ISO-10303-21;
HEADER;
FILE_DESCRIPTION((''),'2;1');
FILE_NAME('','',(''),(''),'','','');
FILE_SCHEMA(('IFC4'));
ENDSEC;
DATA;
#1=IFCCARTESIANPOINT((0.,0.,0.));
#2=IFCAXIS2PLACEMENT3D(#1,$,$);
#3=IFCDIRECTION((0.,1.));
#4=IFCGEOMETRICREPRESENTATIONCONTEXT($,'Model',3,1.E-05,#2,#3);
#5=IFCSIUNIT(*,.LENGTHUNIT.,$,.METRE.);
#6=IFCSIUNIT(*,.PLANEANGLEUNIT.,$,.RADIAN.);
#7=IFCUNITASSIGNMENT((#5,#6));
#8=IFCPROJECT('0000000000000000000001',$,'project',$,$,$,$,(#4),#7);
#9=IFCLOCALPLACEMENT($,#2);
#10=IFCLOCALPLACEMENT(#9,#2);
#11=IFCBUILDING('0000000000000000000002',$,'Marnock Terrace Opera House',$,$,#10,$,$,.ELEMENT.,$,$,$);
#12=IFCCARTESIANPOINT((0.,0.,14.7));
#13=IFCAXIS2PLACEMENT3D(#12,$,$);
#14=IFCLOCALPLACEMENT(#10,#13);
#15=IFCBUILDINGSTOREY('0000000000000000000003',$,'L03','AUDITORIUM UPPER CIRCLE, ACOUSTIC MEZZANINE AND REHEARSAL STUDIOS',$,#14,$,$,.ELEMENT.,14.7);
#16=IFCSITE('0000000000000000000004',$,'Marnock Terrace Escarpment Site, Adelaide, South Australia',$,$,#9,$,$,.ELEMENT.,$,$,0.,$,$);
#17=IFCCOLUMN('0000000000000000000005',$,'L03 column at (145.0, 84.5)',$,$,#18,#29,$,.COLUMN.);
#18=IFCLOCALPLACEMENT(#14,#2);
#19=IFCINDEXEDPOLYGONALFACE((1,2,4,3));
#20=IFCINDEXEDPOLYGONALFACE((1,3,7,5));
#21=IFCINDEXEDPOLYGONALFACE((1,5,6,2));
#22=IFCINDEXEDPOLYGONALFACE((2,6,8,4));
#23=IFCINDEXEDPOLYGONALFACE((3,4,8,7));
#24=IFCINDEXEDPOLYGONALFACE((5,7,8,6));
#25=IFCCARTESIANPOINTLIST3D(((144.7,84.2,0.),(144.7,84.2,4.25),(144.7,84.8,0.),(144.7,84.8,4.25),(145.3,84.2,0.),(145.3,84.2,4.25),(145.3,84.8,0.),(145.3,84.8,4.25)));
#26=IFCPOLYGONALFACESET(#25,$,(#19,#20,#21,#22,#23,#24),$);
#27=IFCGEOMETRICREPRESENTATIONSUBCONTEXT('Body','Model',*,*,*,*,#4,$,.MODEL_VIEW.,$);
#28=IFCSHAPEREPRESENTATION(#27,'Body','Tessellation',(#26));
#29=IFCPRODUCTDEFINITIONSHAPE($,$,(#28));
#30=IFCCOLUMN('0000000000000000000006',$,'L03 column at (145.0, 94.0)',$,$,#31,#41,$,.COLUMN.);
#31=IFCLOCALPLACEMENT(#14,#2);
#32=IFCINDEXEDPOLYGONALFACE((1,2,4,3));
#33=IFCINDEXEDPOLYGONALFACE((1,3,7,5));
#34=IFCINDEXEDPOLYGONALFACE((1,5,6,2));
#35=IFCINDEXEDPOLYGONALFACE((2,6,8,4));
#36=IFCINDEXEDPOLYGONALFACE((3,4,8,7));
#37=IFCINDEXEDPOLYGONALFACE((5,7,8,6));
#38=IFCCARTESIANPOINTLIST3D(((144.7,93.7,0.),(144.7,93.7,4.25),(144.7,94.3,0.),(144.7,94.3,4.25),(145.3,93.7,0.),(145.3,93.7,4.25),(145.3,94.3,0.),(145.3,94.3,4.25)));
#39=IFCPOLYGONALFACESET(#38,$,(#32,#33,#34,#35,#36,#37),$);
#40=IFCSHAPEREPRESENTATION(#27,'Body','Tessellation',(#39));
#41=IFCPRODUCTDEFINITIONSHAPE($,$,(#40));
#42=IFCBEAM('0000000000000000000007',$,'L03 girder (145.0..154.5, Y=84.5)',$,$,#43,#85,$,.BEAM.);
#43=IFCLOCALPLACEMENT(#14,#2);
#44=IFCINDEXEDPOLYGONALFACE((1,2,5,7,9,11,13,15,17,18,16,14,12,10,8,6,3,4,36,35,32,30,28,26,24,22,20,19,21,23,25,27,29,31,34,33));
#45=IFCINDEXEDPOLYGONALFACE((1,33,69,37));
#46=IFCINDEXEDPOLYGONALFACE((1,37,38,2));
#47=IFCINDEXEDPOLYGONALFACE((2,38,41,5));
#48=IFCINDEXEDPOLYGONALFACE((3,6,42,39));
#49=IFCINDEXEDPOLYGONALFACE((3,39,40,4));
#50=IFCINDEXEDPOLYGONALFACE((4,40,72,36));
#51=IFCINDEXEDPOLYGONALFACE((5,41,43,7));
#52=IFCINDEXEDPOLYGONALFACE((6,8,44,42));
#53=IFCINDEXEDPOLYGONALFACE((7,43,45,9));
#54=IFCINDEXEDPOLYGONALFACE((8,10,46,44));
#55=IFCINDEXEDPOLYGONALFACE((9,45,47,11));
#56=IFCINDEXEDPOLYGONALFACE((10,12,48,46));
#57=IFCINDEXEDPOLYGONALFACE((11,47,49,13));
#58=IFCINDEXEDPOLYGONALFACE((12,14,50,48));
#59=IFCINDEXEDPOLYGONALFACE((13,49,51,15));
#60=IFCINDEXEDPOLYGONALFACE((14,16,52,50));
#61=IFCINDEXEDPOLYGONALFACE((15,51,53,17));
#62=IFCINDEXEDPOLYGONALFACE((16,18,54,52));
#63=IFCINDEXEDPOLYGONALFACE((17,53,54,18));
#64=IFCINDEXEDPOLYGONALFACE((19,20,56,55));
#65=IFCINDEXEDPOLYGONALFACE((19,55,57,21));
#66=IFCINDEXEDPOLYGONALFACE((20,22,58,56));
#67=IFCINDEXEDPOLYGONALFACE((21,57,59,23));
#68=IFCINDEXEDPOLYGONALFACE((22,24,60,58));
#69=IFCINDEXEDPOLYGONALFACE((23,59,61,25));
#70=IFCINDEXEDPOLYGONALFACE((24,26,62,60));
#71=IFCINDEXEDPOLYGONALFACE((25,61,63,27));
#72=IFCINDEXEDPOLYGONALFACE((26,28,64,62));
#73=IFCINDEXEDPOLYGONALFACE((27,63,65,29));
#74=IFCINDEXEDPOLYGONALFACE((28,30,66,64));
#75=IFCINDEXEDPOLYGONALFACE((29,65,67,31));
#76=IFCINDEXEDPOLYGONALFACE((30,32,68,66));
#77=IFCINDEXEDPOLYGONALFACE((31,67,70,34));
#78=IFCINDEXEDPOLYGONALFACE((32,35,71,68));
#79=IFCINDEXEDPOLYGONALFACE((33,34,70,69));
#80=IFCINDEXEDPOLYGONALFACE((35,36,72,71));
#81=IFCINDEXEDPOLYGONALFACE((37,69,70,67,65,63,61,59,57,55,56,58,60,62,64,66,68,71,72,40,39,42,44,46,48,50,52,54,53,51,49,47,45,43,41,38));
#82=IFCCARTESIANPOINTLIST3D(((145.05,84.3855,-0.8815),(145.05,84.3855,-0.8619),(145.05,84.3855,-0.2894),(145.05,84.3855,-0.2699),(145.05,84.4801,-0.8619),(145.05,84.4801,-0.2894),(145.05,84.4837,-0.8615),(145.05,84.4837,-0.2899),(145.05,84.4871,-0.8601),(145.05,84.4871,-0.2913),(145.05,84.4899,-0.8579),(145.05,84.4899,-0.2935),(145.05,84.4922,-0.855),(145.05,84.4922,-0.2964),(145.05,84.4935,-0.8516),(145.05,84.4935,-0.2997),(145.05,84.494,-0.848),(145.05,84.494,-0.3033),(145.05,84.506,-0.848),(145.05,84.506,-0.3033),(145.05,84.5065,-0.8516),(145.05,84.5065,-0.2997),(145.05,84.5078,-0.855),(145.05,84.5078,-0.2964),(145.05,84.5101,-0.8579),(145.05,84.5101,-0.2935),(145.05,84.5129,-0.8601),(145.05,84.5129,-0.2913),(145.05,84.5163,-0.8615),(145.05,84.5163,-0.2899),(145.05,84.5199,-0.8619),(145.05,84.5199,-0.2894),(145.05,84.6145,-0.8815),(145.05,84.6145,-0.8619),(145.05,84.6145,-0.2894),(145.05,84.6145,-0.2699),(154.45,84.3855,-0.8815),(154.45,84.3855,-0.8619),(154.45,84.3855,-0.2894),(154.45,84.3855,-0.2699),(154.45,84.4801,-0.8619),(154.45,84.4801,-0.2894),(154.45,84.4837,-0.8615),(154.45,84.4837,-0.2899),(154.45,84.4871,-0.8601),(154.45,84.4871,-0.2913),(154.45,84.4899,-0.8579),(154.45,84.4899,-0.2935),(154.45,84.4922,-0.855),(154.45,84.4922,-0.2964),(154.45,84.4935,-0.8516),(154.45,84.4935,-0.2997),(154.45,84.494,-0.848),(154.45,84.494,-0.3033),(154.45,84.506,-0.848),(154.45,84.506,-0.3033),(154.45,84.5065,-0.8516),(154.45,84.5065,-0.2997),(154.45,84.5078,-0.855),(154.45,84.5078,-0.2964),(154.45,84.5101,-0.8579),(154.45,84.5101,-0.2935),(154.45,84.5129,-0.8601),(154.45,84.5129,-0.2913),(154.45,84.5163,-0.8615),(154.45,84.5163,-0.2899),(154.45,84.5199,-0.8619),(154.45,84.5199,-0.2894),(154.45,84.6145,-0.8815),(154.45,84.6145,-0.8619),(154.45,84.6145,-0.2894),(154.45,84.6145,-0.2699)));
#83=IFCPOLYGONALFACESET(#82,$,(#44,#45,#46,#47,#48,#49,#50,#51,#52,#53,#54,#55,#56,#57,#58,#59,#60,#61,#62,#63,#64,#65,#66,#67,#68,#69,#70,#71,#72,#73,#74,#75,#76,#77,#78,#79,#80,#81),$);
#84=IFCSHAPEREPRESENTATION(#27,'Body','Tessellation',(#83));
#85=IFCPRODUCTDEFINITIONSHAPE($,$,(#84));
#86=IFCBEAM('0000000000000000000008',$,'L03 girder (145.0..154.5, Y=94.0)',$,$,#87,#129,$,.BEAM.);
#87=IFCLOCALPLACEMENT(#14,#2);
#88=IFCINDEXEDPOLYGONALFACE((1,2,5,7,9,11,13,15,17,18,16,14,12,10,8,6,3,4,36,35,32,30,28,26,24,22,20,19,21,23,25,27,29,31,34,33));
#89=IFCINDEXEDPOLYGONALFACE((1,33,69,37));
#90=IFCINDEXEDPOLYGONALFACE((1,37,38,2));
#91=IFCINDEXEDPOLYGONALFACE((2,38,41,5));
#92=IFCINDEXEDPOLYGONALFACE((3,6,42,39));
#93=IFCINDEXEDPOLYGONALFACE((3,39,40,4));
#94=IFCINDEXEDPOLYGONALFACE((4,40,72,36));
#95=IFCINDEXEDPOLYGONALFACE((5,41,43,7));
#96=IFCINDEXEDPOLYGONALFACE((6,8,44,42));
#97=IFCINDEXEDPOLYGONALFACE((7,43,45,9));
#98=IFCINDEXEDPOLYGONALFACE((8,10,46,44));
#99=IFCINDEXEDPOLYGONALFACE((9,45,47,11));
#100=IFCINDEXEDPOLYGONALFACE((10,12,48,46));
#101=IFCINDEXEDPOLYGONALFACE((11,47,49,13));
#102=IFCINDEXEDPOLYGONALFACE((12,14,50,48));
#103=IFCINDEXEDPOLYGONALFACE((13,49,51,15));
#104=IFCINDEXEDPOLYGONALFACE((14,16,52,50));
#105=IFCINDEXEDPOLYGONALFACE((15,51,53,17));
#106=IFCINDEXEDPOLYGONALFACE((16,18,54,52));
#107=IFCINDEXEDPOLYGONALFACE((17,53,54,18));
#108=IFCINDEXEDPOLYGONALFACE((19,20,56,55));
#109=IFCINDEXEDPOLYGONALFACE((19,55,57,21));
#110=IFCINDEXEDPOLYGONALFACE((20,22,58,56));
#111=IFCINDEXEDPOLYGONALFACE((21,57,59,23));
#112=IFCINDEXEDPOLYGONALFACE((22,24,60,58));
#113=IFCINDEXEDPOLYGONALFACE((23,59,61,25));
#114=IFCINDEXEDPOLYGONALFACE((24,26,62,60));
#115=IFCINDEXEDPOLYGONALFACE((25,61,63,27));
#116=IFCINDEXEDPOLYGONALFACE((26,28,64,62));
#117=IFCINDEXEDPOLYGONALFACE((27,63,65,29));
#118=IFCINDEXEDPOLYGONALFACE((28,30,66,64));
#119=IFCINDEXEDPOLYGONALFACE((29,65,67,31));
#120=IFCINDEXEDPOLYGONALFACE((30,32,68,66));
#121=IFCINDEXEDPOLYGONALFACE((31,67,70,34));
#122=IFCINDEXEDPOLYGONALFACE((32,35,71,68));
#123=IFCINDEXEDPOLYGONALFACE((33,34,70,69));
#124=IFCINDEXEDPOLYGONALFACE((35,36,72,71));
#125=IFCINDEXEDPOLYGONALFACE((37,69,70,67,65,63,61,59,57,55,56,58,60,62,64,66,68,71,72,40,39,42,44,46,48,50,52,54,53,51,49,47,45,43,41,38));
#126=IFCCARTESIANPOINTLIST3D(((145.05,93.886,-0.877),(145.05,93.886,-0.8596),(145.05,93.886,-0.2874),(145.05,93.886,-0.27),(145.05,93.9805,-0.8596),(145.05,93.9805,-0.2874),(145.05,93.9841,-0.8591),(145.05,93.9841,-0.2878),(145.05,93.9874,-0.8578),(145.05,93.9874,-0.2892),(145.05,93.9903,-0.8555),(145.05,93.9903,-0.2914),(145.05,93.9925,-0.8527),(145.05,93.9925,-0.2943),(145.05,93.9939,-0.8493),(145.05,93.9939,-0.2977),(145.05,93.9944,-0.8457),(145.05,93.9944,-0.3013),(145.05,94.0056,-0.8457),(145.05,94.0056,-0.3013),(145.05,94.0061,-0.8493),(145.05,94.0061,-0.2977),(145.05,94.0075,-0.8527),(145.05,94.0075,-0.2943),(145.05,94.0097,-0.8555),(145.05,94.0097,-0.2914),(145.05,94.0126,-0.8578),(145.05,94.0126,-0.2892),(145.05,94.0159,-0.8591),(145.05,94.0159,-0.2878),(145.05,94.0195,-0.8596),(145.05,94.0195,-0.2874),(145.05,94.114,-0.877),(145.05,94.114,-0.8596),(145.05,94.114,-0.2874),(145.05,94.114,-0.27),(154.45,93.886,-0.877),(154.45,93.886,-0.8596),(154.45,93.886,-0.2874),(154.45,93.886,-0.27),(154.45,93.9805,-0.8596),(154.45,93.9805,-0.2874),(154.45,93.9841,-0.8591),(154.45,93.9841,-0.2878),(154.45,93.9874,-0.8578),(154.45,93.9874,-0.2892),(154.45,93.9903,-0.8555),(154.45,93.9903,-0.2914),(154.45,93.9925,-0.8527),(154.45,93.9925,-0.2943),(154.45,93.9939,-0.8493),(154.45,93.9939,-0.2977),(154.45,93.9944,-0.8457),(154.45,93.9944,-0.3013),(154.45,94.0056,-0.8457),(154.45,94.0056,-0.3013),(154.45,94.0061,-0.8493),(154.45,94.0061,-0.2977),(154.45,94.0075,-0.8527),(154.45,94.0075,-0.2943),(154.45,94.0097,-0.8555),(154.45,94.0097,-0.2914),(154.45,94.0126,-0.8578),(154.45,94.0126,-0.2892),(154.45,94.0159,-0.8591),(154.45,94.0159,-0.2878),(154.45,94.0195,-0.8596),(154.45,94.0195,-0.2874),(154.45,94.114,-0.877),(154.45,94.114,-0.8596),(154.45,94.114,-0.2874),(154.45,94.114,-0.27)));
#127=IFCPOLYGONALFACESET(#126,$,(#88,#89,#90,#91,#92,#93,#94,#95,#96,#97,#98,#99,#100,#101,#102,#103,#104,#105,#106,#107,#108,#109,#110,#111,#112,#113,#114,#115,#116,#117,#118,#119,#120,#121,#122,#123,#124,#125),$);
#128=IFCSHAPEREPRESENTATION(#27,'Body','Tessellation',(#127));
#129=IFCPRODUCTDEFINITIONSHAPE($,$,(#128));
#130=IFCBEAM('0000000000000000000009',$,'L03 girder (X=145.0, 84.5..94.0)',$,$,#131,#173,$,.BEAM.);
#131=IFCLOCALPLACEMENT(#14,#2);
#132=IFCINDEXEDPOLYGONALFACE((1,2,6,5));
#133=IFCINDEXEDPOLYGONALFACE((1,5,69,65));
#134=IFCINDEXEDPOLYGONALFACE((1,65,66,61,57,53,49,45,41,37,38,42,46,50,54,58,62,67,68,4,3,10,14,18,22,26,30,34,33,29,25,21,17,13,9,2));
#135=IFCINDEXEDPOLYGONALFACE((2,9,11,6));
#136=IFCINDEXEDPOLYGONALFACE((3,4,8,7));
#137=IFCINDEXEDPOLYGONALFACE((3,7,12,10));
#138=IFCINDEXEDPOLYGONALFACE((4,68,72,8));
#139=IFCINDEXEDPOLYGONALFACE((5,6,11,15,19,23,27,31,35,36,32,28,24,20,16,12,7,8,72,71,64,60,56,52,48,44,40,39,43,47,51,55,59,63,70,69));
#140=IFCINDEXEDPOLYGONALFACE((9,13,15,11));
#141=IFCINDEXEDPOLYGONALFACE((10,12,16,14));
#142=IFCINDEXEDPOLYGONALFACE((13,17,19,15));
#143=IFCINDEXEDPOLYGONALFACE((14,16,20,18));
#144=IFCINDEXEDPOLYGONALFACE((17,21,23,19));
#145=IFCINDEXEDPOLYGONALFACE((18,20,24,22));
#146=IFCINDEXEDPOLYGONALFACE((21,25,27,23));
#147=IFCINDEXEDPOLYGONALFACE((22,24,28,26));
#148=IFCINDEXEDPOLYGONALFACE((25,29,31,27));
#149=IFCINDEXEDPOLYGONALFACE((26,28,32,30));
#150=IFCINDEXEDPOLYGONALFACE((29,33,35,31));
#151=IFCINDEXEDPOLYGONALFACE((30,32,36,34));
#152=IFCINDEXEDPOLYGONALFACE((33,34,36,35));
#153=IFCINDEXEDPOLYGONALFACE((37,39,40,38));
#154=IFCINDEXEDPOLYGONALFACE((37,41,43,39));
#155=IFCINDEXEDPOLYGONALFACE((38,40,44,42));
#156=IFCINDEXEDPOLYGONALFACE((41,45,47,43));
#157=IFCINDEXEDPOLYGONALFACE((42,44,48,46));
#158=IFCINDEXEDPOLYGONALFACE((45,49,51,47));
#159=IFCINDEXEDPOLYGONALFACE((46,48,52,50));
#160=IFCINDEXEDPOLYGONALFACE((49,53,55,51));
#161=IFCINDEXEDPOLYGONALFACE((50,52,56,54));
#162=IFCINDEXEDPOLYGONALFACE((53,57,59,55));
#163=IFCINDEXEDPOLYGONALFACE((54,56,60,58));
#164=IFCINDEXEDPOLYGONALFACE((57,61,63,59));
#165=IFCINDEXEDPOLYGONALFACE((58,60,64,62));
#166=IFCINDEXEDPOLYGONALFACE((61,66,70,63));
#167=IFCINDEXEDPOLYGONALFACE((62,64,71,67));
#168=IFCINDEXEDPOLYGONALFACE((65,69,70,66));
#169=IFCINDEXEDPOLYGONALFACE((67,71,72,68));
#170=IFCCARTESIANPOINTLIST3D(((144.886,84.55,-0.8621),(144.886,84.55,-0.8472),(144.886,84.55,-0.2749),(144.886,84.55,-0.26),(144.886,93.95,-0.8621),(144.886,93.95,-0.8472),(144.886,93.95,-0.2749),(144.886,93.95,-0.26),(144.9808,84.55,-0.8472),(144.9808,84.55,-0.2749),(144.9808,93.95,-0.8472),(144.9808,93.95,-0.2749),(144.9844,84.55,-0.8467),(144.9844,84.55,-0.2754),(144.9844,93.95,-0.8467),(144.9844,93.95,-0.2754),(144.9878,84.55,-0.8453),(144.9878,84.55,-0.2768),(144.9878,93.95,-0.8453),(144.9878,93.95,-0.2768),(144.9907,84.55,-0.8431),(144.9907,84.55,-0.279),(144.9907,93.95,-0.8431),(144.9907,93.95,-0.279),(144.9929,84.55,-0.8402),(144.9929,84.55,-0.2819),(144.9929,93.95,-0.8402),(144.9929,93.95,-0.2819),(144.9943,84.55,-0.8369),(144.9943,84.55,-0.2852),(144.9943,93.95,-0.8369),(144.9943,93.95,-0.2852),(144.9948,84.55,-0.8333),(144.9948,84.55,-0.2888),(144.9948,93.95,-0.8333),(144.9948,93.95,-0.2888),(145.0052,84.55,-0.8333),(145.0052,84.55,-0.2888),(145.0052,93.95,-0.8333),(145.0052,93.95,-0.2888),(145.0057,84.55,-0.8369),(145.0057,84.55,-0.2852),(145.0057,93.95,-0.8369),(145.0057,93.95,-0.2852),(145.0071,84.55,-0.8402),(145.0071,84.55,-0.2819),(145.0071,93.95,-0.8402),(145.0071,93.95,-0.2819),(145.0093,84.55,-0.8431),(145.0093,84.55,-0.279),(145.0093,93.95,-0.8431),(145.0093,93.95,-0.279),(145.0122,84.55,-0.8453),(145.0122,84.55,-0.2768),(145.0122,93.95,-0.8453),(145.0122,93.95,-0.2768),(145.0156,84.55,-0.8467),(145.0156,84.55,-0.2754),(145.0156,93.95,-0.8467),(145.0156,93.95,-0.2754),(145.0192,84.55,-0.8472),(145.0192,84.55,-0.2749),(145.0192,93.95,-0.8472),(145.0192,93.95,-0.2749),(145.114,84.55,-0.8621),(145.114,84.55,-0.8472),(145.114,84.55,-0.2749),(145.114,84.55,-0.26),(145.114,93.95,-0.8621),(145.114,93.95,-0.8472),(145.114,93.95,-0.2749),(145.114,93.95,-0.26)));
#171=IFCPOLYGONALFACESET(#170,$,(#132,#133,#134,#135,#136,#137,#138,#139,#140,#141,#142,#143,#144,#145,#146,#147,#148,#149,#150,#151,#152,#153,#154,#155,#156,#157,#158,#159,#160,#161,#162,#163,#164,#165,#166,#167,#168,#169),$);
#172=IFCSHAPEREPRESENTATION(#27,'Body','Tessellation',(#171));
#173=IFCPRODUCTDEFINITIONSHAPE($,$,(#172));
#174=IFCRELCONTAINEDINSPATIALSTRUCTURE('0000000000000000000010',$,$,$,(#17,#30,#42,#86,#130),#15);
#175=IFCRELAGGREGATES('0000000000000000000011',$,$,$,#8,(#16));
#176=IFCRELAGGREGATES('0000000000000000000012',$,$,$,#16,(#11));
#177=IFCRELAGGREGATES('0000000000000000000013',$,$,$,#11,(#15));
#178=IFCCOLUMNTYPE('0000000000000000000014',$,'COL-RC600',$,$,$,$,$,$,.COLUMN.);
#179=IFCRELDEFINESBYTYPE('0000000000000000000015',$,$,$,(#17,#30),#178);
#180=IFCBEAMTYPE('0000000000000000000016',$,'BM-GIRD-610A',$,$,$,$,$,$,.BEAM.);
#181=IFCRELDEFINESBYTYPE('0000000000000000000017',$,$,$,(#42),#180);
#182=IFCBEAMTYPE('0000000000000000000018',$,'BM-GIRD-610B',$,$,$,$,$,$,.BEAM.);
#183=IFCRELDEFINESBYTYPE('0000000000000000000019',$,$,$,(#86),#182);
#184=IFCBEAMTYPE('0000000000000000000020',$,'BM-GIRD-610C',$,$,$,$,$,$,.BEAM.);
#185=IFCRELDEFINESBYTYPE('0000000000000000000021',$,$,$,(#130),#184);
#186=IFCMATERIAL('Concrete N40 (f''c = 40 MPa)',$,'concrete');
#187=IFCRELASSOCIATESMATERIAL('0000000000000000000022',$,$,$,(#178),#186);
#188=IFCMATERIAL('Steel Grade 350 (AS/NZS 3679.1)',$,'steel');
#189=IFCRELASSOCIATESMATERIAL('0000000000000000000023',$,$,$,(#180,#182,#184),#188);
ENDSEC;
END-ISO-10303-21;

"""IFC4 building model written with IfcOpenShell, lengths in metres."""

from ifc_helpers import new_model, si_unit, direction, frame, origin, origin_2d, place, context, subcontext, project, spatial, rectangle, i_section, extrude, material, material_profile, profile_set, type_object, element, save


model = new_model("IFC4")

# Units and contexts
model_context = context("Model", 3, precision=1e-05, world=origin(), true_north=direction((0.0, 1.0)))
body_context = subcontext(model_context, "Body", "Model", "MODEL_VIEW")
ifc_project = project(units=[si_unit("LENGTHUNIT", "METRE"), si_unit("PLANEANGLEUNIT", "RADIAN")], contexts=[model_context])

# Site, building, storey
site_placement = place(None, origin())
site = spatial("IfcSite", under=ifc_project, at=site_placement, Name="Marnock Terrace Escarpment Site, Adelaide, South Australia", CompositionType="ELEMENT", RefElevation=0.0)
building_placement = place(site_placement, origin())
building = spatial("IfcBuilding", under=site, at=building_placement, Name="Marnock Terrace Opera House", CompositionType="ELEMENT")
storey_placement = place(building_placement, frame((0.0, 0.0, 14.7)))
storey = spatial("IfcBuildingStorey", under=building, at=storey_placement, Name="L03", Description="AUDITORIUM UPPER CIRCLE, ACOUSTIC MEZZANINE AND REHEARSAL STUDIOS", CompositionType="ELEMENT", Elevation=14.7)

# Columns
ifc_material_1 = material(Name="Concrete N40 (f'c = 40 MPa)", Category="concrete")
ifc_material_profile_1 = material_profile(ifc_material_1, rectangle(XDim=0.6001, YDim=0.6001, at=origin_2d()))
ifc_profile_set_1 = profile_set([ifc_material_profile_1], Name="Concrete N40 (f'c = 40 MPa)")
column_type = type_object("IfcColumnType", Name="COL-RC600", PredefinedType="COLUMN", material=ifc_profile_set_1)
for number, where, z_axis, x_axis, name in (
    (1, (145.0, 84.5, 0.0), (0.0, 0.0, 1.0), (1.0, 0.0, 0.0), "L03 column at (145.0, 84.5)"),
    (2, (145.0, 94.0, 0.0), (0.0, 0.0, 1.0), (1.0, 0.0, 0.0), "L03 column at (145.0, 94.0)"),
):
    element("IfcColumn", number, at=place(storey_placement, frame(where, z_axis=z_axis, x_axis=x_axis)), inside=storey, type_object=column_type, Name=name, PredefinedType="COLUMN", context=body_context, shape_type="SweptSolid", body=[
        extrude(rectangle(XDim=0.6001, YDim=0.6001, at=origin_2d()), origin(), (0.0, 0.0, 1.0), 4.25),
    ])

# Beams
ifc_material_2 = material(Name="Steel Grade 350 (AS/NZS 3679.1)", Category="steel")
ifc_material_profile_2 = material_profile(ifc_material_2, i_section(OverallWidth=0.229, OverallDepth=0.6116, WebThickness=0.012, FlangeThickness=0.0195, FilletRadius=0.0139, at=origin_2d()))
ifc_profile_set_2 = profile_set([ifc_material_profile_2], Name="Steel Grade 350 (AS/NZS 3679.1)")
beam_type_1 = type_object("IfcBeamType", Name="BM-GIRD-610A", PredefinedType="BEAM", material=ifc_profile_set_2)
beam_1_placement = place(storey_placement, frame((145.05, 84.5, -0.5757), z_axis=(1.0, 0.0, 0.0), x_axis=(0.0, 1.0, 0.0)))
element("IfcBeam", 3, at=beam_1_placement, inside=storey, type_object=beam_type_1, Name="L03 girder (145.0..154.5, Y=84.5)", PredefinedType="BEAM", context=body_context, shape_type="SweptSolid", body=[
    extrude(i_section(OverallWidth=0.229, OverallDepth=0.6116, WebThickness=0.012, FlangeThickness=0.0195, FilletRadius=0.0139, at=origin_2d()), origin(), (0.0, 0.0, 1.0), 9.3999),
])
ifc_material_profile_3 = material_profile(ifc_material_2, i_section(OverallWidth=0.228, OverallDepth=0.6069, WebThickness=0.0112, FlangeThickness=0.0173, FilletRadius=0.0139, at=origin_2d()))
ifc_profile_set_3 = profile_set([ifc_material_profile_3], Name="Steel Grade 350 (AS/NZS 3679.1)")
beam_type_2 = type_object("IfcBeamType", Name="BM-GIRD-610B", PredefinedType="BEAM", material=ifc_profile_set_3)
beam_2_placement = place(storey_placement, frame((145.05, 94.0, -0.5735), z_axis=(1.0, 0.0, 0.0), x_axis=(0.0, 1.0, 0.0)))
element("IfcBeam", 4, at=beam_2_placement, inside=storey, type_object=beam_type_2, Name="L03 girder (145.0..154.5, Y=94.0)", PredefinedType="BEAM", context=body_context, shape_type="SweptSolid", body=[
    extrude(i_section(OverallWidth=0.228, OverallDepth=0.6069, WebThickness=0.0112, FlangeThickness=0.0173, FilletRadius=0.0139, at=origin_2d()), origin(), (0.0, 0.0, 1.0), 9.3999),
])
ifc_material_profile_4 = material_profile(ifc_material_2, i_section(OverallWidth=0.228, OverallDepth=0.6021, WebThickness=0.0105, FlangeThickness=0.0149, FilletRadius=0.0139, at=origin_2d()))
ifc_profile_set_4 = profile_set([ifc_material_profile_4], Name="Steel Grade 350 (AS/NZS 3679.1)")
beam_type_3 = type_object("IfcBeamType", Name="BM-GIRD-610C", PredefinedType="BEAM", material=ifc_profile_set_4)
beam_3_placement = place(storey_placement, frame((145.0, 84.55, -0.561), z_axis=(0.0, 1.0, 0.0), x_axis=(-1.0, 0.0, 0.0)))
element("IfcBeam", 5, at=beam_3_placement, inside=storey, type_object=beam_type_3, Name="L03 girder (X=145.0, 84.5..94.0)", PredefinedType="BEAM", context=body_context, shape_type="SweptSolid", body=[
    extrude(i_section(OverallWidth=0.228, OverallDepth=0.6021, WebThickness=0.0105, FlangeThickness=0.0149, FilletRadius=0.0139, at=origin_2d()), origin(), (0.0, 0.0, 1.0), 9.3999),
])

save(model, "model.ifc")
